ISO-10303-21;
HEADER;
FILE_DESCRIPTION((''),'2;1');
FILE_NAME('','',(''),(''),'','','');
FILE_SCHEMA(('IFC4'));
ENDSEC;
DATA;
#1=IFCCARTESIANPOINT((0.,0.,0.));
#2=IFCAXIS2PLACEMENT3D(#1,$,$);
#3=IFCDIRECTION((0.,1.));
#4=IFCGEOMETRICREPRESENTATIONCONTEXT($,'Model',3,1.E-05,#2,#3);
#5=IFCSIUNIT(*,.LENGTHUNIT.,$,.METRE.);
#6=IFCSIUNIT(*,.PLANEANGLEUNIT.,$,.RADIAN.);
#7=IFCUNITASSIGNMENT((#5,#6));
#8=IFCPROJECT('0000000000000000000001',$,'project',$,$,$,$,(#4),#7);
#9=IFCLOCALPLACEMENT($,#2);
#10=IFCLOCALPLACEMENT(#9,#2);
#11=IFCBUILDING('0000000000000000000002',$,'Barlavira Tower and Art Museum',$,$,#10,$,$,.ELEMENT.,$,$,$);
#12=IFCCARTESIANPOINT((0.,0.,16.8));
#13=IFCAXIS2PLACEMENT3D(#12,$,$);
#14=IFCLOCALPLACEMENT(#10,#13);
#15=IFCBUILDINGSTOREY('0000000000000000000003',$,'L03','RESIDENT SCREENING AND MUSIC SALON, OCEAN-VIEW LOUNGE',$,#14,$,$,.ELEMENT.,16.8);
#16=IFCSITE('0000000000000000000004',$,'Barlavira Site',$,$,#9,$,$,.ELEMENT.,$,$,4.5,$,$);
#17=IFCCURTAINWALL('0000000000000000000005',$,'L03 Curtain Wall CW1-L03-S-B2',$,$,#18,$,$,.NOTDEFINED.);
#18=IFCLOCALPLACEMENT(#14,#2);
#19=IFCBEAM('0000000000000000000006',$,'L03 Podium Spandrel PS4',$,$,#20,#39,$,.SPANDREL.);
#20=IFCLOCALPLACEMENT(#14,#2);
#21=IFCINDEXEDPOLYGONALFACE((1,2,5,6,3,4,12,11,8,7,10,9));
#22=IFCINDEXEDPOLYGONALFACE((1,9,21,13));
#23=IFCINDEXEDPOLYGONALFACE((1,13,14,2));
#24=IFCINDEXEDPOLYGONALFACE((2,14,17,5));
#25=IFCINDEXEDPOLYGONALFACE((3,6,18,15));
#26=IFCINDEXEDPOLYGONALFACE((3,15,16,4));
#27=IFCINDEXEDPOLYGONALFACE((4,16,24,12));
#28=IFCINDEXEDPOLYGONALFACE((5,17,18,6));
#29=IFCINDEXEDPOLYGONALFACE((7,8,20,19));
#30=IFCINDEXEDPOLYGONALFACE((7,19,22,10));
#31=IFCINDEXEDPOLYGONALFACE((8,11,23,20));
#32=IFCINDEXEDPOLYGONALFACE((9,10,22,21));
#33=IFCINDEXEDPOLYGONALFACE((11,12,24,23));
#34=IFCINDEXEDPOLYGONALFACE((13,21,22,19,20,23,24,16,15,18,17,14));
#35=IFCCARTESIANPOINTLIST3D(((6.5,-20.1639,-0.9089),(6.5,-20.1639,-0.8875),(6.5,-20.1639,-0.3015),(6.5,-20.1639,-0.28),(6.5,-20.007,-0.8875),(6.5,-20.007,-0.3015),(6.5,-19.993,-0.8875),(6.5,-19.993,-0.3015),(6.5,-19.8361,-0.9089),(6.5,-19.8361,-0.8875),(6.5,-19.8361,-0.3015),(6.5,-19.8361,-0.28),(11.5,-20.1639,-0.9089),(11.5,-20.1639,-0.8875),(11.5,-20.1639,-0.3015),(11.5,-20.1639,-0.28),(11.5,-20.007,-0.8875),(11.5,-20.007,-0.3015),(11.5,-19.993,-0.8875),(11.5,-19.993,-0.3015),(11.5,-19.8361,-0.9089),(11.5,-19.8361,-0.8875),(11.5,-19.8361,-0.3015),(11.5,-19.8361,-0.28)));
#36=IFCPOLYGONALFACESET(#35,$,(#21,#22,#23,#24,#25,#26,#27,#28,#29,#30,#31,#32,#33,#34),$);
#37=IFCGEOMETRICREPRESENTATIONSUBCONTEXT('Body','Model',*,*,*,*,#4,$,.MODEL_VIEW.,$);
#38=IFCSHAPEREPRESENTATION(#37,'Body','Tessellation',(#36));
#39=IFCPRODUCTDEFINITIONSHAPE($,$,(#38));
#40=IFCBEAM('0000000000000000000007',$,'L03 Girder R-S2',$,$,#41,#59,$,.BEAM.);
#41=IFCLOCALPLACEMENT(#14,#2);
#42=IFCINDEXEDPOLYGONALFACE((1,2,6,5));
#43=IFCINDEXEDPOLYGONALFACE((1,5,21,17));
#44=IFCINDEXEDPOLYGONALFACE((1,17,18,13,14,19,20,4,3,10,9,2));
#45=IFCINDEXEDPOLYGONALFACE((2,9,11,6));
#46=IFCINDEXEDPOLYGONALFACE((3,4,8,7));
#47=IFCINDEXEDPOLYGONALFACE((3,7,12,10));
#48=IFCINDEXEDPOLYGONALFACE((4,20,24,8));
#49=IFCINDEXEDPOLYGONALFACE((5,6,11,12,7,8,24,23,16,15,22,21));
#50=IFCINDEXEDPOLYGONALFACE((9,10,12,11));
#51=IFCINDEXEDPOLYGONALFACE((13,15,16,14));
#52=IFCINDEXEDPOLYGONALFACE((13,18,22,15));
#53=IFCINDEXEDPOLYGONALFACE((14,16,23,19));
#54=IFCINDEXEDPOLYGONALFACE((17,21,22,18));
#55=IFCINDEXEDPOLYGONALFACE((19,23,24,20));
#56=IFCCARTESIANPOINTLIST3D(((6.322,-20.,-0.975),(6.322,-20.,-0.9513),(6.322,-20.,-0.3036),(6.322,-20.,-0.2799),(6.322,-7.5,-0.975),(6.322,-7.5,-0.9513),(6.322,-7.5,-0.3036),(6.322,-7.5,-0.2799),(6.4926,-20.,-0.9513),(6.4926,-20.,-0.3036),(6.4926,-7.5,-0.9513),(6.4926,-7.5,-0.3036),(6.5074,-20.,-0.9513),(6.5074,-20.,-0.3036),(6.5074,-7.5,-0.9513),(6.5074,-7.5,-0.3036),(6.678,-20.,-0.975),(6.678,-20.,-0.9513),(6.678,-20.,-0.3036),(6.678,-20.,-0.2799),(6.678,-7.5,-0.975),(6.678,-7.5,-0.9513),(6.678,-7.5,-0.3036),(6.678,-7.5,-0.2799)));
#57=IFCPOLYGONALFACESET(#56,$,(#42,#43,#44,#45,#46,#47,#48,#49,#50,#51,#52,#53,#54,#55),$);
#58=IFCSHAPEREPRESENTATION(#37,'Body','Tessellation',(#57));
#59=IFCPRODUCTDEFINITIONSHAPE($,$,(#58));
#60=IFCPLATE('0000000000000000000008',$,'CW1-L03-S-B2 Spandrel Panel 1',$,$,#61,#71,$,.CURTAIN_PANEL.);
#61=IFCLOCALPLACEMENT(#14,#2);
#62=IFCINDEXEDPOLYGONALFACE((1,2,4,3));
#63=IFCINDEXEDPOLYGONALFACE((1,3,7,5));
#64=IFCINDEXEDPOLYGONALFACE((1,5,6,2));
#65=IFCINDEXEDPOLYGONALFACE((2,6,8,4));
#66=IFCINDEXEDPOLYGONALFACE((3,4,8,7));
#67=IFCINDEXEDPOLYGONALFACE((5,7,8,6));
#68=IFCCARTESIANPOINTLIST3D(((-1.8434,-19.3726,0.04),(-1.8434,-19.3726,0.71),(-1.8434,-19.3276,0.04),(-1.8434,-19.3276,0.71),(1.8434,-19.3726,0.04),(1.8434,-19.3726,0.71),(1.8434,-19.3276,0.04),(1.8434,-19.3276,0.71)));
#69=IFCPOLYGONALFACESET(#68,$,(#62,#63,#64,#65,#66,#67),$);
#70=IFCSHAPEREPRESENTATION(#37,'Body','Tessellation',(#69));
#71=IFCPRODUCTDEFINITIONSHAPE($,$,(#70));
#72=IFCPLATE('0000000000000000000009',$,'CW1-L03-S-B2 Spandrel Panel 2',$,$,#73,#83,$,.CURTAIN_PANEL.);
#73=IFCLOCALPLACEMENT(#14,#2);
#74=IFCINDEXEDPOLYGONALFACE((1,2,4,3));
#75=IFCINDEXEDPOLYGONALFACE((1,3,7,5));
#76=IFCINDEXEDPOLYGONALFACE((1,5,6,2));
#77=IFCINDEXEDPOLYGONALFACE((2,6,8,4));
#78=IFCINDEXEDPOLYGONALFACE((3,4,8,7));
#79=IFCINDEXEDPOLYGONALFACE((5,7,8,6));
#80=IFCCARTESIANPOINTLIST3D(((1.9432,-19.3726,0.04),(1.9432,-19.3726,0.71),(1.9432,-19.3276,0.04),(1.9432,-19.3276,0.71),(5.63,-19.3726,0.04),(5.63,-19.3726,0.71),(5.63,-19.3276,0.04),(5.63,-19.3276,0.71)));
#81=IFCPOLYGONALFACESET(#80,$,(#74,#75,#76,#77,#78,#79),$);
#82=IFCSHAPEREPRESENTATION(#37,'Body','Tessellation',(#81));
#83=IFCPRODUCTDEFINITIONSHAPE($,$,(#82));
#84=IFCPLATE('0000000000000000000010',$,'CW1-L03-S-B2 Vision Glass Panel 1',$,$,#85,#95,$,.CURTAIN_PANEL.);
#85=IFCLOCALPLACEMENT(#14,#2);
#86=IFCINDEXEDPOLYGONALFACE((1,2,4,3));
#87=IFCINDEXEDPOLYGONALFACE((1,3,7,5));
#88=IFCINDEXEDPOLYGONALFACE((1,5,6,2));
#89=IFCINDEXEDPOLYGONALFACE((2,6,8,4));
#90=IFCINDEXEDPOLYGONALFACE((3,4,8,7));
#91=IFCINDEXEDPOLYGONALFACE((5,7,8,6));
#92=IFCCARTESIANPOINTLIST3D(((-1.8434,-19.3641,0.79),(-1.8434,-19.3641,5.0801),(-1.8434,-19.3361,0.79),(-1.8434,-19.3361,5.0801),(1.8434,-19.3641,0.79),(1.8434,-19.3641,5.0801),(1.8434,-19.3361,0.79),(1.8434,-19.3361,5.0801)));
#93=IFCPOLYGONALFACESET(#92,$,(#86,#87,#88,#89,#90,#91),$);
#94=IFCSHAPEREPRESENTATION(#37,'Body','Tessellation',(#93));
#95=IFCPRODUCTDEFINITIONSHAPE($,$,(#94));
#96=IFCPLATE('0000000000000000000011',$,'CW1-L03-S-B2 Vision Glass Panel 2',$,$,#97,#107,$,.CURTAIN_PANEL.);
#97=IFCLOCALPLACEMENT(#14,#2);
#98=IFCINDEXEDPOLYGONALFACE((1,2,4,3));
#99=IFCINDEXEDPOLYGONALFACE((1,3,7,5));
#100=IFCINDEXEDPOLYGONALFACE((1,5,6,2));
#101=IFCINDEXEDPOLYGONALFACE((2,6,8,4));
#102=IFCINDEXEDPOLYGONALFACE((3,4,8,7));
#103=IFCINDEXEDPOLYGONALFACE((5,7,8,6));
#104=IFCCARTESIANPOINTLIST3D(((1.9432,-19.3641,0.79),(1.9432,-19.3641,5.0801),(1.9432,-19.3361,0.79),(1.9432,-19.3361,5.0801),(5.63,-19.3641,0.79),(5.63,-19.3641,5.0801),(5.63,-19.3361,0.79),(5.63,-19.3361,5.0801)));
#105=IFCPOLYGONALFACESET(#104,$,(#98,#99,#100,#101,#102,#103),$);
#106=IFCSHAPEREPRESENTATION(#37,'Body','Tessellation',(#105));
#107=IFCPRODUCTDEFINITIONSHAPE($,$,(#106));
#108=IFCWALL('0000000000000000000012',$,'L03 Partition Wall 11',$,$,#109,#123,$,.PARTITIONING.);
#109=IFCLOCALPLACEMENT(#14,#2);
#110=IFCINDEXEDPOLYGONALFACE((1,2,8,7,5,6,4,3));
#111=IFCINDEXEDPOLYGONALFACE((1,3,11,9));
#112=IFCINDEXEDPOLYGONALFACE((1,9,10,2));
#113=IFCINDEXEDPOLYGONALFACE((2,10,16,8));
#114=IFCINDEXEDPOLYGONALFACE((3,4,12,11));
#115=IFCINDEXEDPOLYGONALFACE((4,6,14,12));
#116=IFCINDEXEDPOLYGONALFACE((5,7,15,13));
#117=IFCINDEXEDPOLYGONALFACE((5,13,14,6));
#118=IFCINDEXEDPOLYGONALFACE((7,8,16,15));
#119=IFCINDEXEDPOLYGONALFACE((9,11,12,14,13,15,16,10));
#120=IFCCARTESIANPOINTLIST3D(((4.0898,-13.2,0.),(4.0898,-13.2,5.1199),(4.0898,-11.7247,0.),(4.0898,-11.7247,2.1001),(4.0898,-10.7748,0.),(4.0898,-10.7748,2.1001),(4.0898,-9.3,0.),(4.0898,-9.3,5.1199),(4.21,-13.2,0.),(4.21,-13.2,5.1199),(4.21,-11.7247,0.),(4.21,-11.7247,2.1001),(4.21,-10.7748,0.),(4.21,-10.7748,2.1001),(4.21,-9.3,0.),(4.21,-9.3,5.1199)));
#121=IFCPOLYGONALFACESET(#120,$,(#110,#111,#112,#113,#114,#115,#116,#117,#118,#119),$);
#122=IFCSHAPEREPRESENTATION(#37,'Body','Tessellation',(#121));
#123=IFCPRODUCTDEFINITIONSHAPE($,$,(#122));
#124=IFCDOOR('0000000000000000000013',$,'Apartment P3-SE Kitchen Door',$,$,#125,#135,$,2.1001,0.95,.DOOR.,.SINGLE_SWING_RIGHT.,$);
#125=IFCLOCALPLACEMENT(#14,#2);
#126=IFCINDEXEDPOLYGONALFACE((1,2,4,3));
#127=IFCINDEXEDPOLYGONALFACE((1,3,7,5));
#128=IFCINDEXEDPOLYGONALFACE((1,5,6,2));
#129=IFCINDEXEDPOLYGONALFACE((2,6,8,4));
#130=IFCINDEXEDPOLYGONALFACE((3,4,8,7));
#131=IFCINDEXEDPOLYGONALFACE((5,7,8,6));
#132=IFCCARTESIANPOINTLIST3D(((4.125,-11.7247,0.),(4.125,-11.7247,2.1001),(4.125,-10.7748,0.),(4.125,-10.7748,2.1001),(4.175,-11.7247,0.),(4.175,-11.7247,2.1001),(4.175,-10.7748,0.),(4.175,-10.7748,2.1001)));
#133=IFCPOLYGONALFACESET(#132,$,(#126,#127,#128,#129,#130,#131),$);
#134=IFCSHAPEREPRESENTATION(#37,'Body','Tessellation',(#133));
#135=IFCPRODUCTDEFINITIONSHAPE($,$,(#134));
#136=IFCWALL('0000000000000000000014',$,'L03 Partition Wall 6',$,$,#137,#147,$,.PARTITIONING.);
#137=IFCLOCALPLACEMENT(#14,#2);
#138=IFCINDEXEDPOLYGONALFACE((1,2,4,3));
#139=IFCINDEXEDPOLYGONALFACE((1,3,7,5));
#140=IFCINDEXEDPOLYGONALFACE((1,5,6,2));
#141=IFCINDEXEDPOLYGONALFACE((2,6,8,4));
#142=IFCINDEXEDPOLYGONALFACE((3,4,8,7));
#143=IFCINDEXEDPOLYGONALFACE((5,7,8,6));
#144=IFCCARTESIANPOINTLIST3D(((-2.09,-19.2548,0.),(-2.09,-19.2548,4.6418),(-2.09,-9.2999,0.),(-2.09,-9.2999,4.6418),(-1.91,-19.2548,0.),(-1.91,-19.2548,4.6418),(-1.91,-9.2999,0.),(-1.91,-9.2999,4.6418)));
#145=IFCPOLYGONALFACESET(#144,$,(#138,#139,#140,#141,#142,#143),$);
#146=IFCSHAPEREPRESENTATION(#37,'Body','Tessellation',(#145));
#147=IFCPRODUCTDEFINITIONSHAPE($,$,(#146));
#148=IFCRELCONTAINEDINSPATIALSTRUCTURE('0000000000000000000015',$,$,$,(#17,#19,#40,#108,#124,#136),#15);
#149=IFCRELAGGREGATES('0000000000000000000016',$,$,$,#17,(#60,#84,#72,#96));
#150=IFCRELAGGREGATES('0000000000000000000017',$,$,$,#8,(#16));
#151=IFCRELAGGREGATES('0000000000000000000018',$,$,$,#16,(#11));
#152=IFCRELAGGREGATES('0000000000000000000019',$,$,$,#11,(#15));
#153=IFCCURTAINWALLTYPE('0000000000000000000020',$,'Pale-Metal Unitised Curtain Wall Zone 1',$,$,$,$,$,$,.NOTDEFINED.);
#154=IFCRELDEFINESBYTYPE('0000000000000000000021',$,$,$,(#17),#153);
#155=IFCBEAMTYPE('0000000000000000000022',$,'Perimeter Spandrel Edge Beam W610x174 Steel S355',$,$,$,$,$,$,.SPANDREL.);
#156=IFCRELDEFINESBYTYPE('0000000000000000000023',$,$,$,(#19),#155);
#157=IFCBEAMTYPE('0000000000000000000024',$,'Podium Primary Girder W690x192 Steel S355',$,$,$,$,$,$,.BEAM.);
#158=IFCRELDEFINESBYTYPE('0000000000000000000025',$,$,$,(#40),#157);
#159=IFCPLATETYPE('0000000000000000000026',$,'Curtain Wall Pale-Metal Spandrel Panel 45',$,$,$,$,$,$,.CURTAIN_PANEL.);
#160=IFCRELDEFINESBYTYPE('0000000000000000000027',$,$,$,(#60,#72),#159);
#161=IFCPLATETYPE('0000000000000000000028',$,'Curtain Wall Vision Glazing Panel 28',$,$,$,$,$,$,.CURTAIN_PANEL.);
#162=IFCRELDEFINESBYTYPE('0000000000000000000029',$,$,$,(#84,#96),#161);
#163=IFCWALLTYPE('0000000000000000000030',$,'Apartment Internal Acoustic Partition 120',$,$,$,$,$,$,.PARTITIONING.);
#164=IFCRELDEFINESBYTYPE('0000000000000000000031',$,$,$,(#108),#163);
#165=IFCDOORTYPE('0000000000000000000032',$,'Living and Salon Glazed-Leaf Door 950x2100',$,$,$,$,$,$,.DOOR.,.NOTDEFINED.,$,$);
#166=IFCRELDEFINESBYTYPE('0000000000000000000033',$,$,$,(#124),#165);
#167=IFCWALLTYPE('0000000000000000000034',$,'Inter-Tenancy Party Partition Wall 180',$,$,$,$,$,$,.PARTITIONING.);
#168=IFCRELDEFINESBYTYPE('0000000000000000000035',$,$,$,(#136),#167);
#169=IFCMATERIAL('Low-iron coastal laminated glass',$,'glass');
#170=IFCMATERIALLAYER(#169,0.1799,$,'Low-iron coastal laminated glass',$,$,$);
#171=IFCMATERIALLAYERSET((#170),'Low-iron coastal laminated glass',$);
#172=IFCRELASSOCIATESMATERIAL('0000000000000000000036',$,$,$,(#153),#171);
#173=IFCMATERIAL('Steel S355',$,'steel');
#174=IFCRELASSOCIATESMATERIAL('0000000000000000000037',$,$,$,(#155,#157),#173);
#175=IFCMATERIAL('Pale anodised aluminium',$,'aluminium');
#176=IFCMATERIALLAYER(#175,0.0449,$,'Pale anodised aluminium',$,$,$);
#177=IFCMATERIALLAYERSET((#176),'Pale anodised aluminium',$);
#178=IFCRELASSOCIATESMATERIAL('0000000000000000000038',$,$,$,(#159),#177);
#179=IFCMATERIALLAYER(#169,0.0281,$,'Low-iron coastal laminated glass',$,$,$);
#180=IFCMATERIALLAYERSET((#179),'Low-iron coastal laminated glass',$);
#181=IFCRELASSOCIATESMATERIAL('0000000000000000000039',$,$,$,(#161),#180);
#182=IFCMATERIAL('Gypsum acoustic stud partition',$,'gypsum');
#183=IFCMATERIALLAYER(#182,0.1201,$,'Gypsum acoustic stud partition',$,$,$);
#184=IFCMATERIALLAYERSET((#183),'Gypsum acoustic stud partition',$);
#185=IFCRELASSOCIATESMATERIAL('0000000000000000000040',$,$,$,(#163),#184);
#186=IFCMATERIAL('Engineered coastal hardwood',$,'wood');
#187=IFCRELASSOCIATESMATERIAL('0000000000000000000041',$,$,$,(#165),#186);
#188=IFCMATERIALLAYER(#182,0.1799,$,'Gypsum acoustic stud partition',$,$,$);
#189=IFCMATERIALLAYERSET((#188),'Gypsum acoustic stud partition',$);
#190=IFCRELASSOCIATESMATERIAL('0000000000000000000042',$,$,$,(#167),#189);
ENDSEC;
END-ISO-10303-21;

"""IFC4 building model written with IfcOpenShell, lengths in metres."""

from ifc_helpers import new_model, si_unit, direction, frame, frame_2d, origin, origin_2d, place, context, subcontext, project, spatial, rectangle, i_section, extrude, material, layer, layer_set, material_profile, profile_set, type_object, element, fill, aggregate, save


model = new_model("IFC4")

# Units and contexts
model_context = context("Model", 3, precision=1e-05, world=origin(), true_north=direction((0.0, 1.0)))
body_context = subcontext(model_context, "Body", "Model", "MODEL_VIEW")
ifc_project = project(units=[si_unit("LENGTHUNIT", "METRE"), si_unit("PLANEANGLEUNIT", "RADIAN")], contexts=[model_context])

# Site, building, storey
site_placement = place(None, origin())
site = spatial("IfcSite", under=ifc_project, at=site_placement, Name="Barlavira Site", CompositionType="ELEMENT", RefElevation=4.5)
building_placement = place(site_placement, origin())
building = spatial("IfcBuilding", under=site, at=building_placement, Name="Barlavira Tower and Art Museum", CompositionType="ELEMENT")
storey_placement = place(building_placement, frame((0.0, 0.0, 16.8)))
storey = spatial("IfcBuildingStorey", under=building, at=storey_placement, Name="L03", Description="RESIDENT SCREENING AND MUSIC SALON, OCEAN-VIEW LOUNGE", CompositionType="ELEMENT", Elevation=16.8)

# Curtain wall
ifc_material_1 = material(Name="Low-iron coastal laminated glass", Category="glass")
ifc_layer_1 = layer(ifc_material_1, 0.1799, Name="Low-iron coastal laminated glass")
ifc_layer_set_1 = layer_set([ifc_layer_1], Name="Low-iron coastal laminated glass")
curtain_wall_type = type_object("IfcCurtainWallType", Name="Pale-Metal Unitised Curtain Wall Zone 1", PredefinedType="NOTDEFINED", material=ifc_layer_set_1)
curtain_wall_placement = place(storey_placement, origin())
curtain_wall = element("IfcCurtainWall", 1, at=curtain_wall_placement, inside=storey, type_object=curtain_wall_type, Name="L03 Curtain Wall CW1-L03-S-B2", PredefinedType="NOTDEFINED")
ifc_material_2 = material(Name="Pale anodised aluminium", Category="aluminium")

# Beams
ifc_material_3 = material(Name="Steel S355", Category="steel")
ifc_material_profile_1 = material_profile(ifc_material_3, i_section(OverallWidth=0.3279, OverallDepth=0.6289, WebThickness=0.0139, FlangeThickness=0.0215, at=origin_2d()), Name="W610x174.0")
ifc_profile_set_1 = profile_set([ifc_material_profile_1], Name="Steel S355")
beam_type_1 = type_object("IfcBeamType", Name="Perimeter Spandrel Edge Beam W610x174 Steel S355", PredefinedType="SPANDREL", material=ifc_profile_set_1)
beam_1_placement = place(storey_placement, frame((6.5, -20.0, -0.5945), z_axis=(1.0, 0.0, 0.0), x_axis=(0.0, 1.0, 0.0)))
element("IfcBeam", 2, at=beam_1_placement, inside=storey, type_object=beam_type_1, Name="L03 Podium Spandrel PS4", PredefinedType="SPANDREL", context=body_context, shape_type="SweptSolid", body=[
    extrude(i_section(OverallWidth=0.3279, OverallDepth=0.6289, WebThickness=0.0139, FlangeThickness=0.0215, at=origin_2d()), origin(), (0.0, 0.0, 1.0), 5.0),
])
ifc_material_profile_2 = material_profile(ifc_material_3, i_section(OverallWidth=0.356, OverallDepth=0.6951, WebThickness=0.0149, FlangeThickness=0.0237, at=origin_2d()), Name="W690x192.0")
ifc_profile_set_2 = profile_set([ifc_material_profile_2], Name="Steel S355")
beam_type_2 = type_object("IfcBeamType", Name="Podium Primary Girder W690x192 Steel S355", PredefinedType="BEAM", material=ifc_profile_set_2)
beam_2_placement = place(storey_placement, frame((6.5, -20.0, -0.6274), z_axis=(0.0, 1.0, 0.0), x_axis=(-1.0, 0.0, 0.0)))
element("IfcBeam", 3, at=beam_2_placement, inside=storey, type_object=beam_type_2, Name="L03 Girder R-S2", PredefinedType="BEAM", context=body_context, shape_type="SweptSolid", body=[
    extrude(i_section(OverallWidth=0.356, OverallDepth=0.6951, WebThickness=0.0149, FlangeThickness=0.0237, at=origin_2d()), origin(), (0.0, 0.0, 1.0), 12.5),
])

# Plates
ifc_layer_2 = layer(ifc_material_2, 0.0449, Name="Pale anodised aluminium")
ifc_layer_set_2 = layer_set([ifc_layer_2], Name="Pale anodised aluminium")
plate_type_1 = type_object("IfcPlateType", Name="Curtain Wall Pale-Metal Spandrel Panel 45", PredefinedType="CURTAIN_PANEL", material=ifc_layer_set_2)
plate_1_placement = place(storey_placement, frame((0.0, -19.3501, 0.04), z_axis=(0.0, 0.0, 1.0), x_axis=(1.0, 0.0, 0.0)))
plate_1 = element("IfcPlate", 4, at=plate_1_placement, type_object=plate_type_1, Name="CW1-L03-S-B2 Spandrel Panel 1", PredefinedType="CURTAIN_PANEL", context=body_context, shape_type="SweptSolid", body=[
    extrude(rectangle(XDim=3.6868, YDim=0.0449, at=origin_2d()), origin(), (0.0, 0.0, 1.0), 0.6699),
])
plate_2_placement = place(storey_placement, frame((3.7866, -19.3501, 0.04), z_axis=(0.0, 0.0, 1.0), x_axis=(1.0, 0.0, 0.0)))
plate_2 = element("IfcPlate", 5, at=plate_2_placement, type_object=plate_type_1, Name="CW1-L03-S-B2 Spandrel Panel 2", PredefinedType="CURTAIN_PANEL", context=body_context, shape_type="SweptSolid", body=[
    extrude(rectangle(XDim=3.6868, YDim=0.0449, at=origin_2d()), origin(), (0.0, 0.0, 1.0), 0.6699),
])
ifc_layer_3 = layer(ifc_material_1, 0.0281, Name="Low-iron coastal laminated glass")
ifc_layer_set_3 = layer_set([ifc_layer_3], Name="Low-iron coastal laminated glass")
plate_type_2 = type_object("IfcPlateType", Name="Curtain Wall Vision Glazing Panel 28", PredefinedType="CURTAIN_PANEL", material=ifc_layer_set_3)
plate_3_placement = place(storey_placement, frame((0.0, -19.3501, 0.79), z_axis=(0.0, 0.0, 1.0), x_axis=(1.0, 0.0, 0.0)))
plate_3 = element("IfcPlate", 6, at=plate_3_placement, type_object=plate_type_2, Name="CW1-L03-S-B2 Vision Glass Panel 1", PredefinedType="CURTAIN_PANEL", context=body_context, shape_type="SweptSolid", body=[
    extrude(rectangle(XDim=3.6868, YDim=0.0281, at=origin_2d()), origin(), (0.0, 0.0, 1.0), 4.29),
])
plate_4_placement = place(storey_placement, frame((3.7866, -19.3501, 0.79), z_axis=(0.0, 0.0, 1.0), x_axis=(1.0, 0.0, 0.0)))
plate_4 = element("IfcPlate", 7, at=plate_4_placement, type_object=plate_type_2, Name="CW1-L03-S-B2 Vision Glass Panel 2", PredefinedType="CURTAIN_PANEL", context=body_context, shape_type="SweptSolid", body=[
    extrude(rectangle(XDim=3.6868, YDim=0.0281, at=origin_2d()), origin(), (0.0, 0.0, 1.0), 4.29),
])
aggregate(curtain_wall, [plate_1, plate_3, plate_2, plate_4])

# Wall, opening, door
ifc_material_4 = material(Name="Gypsum acoustic stud partition", Category="gypsum")
ifc_layer_4 = layer(ifc_material_4, 0.1201, Name="Gypsum acoustic stud partition")
ifc_layer_set_4 = layer_set([ifc_layer_4], Name="Gypsum acoustic stud partition")
wall_type_1 = type_object("IfcWallType", Name="Apartment Internal Acoustic Partition 120", PredefinedType="PARTITIONING", material=ifc_layer_set_4)
wall_1_placement = place(storey_placement, frame((4.1499, -13.2, 0.0), z_axis=(0.0, 0.0, 1.0), x_axis=(0.0, 1.0, 0.0)))
wall_1 = element("IfcWall", 8, at=wall_1_placement, inside=storey, type_object=wall_type_1, Name="L03 Partition Wall 11", PredefinedType="PARTITIONING", context=body_context, shape_type="SweptSolid", body=[
    extrude(rectangle(XDim=3.8999, YDim=0.1201, at=frame_2d((1.95, 0.0))), origin(), (0.0, 0.0, 1.0), 5.1199),
])
opening_1_placement = place(wall_1_placement, frame((1.4751, 0.0, 0.0)))
opening_1 = element("IfcOpeningElement", 9, at=opening_1_placement, cuts=wall_1, PredefinedType="OPENING", context=body_context, shape_type="SweptSolid", body=[
    extrude(rectangle(XDim=0.95, YDim=2.1001, at=frame_2d((0.4751, 1.05))), frame((0.0, 0.0701, 0.0), z_axis=(0.0, -1.0, 0.0), x_axis=(1.0, 0.0, 0.0)), (0.0, 0.0, 1.0), 0.1401),
])
ifc_material_5 = material(Name="Engineered coastal hardwood", Category="wood")
door_type_1 = type_object("IfcDoorType", Name="Living and Salon Glazed-Leaf Door 950x2100", OperationType="NOTDEFINED", PredefinedType="DOOR", material=ifc_material_5)
door_1_placement = place(opening_1_placement, origin())
door_1 = element("IfcDoor", 10, at=door_1_placement, inside=storey, type_object=door_type_1, Name="Apartment P3-SE Kitchen Door", OperationType="SINGLE_SWING_RIGHT", OverallHeight=2.1001, OverallWidth=0.95, PredefinedType="DOOR", context=body_context, shape_type="SweptSolid", body=[
    extrude(rectangle(XDim=0.95, YDim=2.1001, at=frame_2d((0.4751, 1.05))), frame((0.0, 0.0249, 0.0), z_axis=(0.0, -1.0, 0.0), x_axis=(1.0, 0.0, 0.0)), (0.0, 0.0, 1.0), 0.05),
])
fill(opening_1, door_1)

# Wall
ifc_layer_5 = layer(ifc_material_4, 0.1799, Name="Gypsum acoustic stud partition")
ifc_layer_set_5 = layer_set([ifc_layer_5], Name="Gypsum acoustic stud partition")
wall_type_2 = type_object("IfcWallType", Name="Inter-Tenancy Party Partition Wall 180", PredefinedType="PARTITIONING", material=ifc_layer_set_5)
wall_2_placement = place(storey_placement, frame((-2.0, -19.2549, 0.0), z_axis=(0.0, 0.0, 1.0), x_axis=(0.0, 1.0, 0.0)))
element("IfcWall", 11, at=wall_2_placement, inside=storey, type_object=wall_type_2, Name="L03 Partition Wall 6", PredefinedType="PARTITIONING", context=body_context, shape_type="SweptSolid", body=[
    extrude(rectangle(XDim=9.9548, YDim=0.1799, at=frame_2d((4.9775, 0.0))), origin(), (0.0, 0.0, 1.0), 4.6418),
])

save(model, "model.ifc")
